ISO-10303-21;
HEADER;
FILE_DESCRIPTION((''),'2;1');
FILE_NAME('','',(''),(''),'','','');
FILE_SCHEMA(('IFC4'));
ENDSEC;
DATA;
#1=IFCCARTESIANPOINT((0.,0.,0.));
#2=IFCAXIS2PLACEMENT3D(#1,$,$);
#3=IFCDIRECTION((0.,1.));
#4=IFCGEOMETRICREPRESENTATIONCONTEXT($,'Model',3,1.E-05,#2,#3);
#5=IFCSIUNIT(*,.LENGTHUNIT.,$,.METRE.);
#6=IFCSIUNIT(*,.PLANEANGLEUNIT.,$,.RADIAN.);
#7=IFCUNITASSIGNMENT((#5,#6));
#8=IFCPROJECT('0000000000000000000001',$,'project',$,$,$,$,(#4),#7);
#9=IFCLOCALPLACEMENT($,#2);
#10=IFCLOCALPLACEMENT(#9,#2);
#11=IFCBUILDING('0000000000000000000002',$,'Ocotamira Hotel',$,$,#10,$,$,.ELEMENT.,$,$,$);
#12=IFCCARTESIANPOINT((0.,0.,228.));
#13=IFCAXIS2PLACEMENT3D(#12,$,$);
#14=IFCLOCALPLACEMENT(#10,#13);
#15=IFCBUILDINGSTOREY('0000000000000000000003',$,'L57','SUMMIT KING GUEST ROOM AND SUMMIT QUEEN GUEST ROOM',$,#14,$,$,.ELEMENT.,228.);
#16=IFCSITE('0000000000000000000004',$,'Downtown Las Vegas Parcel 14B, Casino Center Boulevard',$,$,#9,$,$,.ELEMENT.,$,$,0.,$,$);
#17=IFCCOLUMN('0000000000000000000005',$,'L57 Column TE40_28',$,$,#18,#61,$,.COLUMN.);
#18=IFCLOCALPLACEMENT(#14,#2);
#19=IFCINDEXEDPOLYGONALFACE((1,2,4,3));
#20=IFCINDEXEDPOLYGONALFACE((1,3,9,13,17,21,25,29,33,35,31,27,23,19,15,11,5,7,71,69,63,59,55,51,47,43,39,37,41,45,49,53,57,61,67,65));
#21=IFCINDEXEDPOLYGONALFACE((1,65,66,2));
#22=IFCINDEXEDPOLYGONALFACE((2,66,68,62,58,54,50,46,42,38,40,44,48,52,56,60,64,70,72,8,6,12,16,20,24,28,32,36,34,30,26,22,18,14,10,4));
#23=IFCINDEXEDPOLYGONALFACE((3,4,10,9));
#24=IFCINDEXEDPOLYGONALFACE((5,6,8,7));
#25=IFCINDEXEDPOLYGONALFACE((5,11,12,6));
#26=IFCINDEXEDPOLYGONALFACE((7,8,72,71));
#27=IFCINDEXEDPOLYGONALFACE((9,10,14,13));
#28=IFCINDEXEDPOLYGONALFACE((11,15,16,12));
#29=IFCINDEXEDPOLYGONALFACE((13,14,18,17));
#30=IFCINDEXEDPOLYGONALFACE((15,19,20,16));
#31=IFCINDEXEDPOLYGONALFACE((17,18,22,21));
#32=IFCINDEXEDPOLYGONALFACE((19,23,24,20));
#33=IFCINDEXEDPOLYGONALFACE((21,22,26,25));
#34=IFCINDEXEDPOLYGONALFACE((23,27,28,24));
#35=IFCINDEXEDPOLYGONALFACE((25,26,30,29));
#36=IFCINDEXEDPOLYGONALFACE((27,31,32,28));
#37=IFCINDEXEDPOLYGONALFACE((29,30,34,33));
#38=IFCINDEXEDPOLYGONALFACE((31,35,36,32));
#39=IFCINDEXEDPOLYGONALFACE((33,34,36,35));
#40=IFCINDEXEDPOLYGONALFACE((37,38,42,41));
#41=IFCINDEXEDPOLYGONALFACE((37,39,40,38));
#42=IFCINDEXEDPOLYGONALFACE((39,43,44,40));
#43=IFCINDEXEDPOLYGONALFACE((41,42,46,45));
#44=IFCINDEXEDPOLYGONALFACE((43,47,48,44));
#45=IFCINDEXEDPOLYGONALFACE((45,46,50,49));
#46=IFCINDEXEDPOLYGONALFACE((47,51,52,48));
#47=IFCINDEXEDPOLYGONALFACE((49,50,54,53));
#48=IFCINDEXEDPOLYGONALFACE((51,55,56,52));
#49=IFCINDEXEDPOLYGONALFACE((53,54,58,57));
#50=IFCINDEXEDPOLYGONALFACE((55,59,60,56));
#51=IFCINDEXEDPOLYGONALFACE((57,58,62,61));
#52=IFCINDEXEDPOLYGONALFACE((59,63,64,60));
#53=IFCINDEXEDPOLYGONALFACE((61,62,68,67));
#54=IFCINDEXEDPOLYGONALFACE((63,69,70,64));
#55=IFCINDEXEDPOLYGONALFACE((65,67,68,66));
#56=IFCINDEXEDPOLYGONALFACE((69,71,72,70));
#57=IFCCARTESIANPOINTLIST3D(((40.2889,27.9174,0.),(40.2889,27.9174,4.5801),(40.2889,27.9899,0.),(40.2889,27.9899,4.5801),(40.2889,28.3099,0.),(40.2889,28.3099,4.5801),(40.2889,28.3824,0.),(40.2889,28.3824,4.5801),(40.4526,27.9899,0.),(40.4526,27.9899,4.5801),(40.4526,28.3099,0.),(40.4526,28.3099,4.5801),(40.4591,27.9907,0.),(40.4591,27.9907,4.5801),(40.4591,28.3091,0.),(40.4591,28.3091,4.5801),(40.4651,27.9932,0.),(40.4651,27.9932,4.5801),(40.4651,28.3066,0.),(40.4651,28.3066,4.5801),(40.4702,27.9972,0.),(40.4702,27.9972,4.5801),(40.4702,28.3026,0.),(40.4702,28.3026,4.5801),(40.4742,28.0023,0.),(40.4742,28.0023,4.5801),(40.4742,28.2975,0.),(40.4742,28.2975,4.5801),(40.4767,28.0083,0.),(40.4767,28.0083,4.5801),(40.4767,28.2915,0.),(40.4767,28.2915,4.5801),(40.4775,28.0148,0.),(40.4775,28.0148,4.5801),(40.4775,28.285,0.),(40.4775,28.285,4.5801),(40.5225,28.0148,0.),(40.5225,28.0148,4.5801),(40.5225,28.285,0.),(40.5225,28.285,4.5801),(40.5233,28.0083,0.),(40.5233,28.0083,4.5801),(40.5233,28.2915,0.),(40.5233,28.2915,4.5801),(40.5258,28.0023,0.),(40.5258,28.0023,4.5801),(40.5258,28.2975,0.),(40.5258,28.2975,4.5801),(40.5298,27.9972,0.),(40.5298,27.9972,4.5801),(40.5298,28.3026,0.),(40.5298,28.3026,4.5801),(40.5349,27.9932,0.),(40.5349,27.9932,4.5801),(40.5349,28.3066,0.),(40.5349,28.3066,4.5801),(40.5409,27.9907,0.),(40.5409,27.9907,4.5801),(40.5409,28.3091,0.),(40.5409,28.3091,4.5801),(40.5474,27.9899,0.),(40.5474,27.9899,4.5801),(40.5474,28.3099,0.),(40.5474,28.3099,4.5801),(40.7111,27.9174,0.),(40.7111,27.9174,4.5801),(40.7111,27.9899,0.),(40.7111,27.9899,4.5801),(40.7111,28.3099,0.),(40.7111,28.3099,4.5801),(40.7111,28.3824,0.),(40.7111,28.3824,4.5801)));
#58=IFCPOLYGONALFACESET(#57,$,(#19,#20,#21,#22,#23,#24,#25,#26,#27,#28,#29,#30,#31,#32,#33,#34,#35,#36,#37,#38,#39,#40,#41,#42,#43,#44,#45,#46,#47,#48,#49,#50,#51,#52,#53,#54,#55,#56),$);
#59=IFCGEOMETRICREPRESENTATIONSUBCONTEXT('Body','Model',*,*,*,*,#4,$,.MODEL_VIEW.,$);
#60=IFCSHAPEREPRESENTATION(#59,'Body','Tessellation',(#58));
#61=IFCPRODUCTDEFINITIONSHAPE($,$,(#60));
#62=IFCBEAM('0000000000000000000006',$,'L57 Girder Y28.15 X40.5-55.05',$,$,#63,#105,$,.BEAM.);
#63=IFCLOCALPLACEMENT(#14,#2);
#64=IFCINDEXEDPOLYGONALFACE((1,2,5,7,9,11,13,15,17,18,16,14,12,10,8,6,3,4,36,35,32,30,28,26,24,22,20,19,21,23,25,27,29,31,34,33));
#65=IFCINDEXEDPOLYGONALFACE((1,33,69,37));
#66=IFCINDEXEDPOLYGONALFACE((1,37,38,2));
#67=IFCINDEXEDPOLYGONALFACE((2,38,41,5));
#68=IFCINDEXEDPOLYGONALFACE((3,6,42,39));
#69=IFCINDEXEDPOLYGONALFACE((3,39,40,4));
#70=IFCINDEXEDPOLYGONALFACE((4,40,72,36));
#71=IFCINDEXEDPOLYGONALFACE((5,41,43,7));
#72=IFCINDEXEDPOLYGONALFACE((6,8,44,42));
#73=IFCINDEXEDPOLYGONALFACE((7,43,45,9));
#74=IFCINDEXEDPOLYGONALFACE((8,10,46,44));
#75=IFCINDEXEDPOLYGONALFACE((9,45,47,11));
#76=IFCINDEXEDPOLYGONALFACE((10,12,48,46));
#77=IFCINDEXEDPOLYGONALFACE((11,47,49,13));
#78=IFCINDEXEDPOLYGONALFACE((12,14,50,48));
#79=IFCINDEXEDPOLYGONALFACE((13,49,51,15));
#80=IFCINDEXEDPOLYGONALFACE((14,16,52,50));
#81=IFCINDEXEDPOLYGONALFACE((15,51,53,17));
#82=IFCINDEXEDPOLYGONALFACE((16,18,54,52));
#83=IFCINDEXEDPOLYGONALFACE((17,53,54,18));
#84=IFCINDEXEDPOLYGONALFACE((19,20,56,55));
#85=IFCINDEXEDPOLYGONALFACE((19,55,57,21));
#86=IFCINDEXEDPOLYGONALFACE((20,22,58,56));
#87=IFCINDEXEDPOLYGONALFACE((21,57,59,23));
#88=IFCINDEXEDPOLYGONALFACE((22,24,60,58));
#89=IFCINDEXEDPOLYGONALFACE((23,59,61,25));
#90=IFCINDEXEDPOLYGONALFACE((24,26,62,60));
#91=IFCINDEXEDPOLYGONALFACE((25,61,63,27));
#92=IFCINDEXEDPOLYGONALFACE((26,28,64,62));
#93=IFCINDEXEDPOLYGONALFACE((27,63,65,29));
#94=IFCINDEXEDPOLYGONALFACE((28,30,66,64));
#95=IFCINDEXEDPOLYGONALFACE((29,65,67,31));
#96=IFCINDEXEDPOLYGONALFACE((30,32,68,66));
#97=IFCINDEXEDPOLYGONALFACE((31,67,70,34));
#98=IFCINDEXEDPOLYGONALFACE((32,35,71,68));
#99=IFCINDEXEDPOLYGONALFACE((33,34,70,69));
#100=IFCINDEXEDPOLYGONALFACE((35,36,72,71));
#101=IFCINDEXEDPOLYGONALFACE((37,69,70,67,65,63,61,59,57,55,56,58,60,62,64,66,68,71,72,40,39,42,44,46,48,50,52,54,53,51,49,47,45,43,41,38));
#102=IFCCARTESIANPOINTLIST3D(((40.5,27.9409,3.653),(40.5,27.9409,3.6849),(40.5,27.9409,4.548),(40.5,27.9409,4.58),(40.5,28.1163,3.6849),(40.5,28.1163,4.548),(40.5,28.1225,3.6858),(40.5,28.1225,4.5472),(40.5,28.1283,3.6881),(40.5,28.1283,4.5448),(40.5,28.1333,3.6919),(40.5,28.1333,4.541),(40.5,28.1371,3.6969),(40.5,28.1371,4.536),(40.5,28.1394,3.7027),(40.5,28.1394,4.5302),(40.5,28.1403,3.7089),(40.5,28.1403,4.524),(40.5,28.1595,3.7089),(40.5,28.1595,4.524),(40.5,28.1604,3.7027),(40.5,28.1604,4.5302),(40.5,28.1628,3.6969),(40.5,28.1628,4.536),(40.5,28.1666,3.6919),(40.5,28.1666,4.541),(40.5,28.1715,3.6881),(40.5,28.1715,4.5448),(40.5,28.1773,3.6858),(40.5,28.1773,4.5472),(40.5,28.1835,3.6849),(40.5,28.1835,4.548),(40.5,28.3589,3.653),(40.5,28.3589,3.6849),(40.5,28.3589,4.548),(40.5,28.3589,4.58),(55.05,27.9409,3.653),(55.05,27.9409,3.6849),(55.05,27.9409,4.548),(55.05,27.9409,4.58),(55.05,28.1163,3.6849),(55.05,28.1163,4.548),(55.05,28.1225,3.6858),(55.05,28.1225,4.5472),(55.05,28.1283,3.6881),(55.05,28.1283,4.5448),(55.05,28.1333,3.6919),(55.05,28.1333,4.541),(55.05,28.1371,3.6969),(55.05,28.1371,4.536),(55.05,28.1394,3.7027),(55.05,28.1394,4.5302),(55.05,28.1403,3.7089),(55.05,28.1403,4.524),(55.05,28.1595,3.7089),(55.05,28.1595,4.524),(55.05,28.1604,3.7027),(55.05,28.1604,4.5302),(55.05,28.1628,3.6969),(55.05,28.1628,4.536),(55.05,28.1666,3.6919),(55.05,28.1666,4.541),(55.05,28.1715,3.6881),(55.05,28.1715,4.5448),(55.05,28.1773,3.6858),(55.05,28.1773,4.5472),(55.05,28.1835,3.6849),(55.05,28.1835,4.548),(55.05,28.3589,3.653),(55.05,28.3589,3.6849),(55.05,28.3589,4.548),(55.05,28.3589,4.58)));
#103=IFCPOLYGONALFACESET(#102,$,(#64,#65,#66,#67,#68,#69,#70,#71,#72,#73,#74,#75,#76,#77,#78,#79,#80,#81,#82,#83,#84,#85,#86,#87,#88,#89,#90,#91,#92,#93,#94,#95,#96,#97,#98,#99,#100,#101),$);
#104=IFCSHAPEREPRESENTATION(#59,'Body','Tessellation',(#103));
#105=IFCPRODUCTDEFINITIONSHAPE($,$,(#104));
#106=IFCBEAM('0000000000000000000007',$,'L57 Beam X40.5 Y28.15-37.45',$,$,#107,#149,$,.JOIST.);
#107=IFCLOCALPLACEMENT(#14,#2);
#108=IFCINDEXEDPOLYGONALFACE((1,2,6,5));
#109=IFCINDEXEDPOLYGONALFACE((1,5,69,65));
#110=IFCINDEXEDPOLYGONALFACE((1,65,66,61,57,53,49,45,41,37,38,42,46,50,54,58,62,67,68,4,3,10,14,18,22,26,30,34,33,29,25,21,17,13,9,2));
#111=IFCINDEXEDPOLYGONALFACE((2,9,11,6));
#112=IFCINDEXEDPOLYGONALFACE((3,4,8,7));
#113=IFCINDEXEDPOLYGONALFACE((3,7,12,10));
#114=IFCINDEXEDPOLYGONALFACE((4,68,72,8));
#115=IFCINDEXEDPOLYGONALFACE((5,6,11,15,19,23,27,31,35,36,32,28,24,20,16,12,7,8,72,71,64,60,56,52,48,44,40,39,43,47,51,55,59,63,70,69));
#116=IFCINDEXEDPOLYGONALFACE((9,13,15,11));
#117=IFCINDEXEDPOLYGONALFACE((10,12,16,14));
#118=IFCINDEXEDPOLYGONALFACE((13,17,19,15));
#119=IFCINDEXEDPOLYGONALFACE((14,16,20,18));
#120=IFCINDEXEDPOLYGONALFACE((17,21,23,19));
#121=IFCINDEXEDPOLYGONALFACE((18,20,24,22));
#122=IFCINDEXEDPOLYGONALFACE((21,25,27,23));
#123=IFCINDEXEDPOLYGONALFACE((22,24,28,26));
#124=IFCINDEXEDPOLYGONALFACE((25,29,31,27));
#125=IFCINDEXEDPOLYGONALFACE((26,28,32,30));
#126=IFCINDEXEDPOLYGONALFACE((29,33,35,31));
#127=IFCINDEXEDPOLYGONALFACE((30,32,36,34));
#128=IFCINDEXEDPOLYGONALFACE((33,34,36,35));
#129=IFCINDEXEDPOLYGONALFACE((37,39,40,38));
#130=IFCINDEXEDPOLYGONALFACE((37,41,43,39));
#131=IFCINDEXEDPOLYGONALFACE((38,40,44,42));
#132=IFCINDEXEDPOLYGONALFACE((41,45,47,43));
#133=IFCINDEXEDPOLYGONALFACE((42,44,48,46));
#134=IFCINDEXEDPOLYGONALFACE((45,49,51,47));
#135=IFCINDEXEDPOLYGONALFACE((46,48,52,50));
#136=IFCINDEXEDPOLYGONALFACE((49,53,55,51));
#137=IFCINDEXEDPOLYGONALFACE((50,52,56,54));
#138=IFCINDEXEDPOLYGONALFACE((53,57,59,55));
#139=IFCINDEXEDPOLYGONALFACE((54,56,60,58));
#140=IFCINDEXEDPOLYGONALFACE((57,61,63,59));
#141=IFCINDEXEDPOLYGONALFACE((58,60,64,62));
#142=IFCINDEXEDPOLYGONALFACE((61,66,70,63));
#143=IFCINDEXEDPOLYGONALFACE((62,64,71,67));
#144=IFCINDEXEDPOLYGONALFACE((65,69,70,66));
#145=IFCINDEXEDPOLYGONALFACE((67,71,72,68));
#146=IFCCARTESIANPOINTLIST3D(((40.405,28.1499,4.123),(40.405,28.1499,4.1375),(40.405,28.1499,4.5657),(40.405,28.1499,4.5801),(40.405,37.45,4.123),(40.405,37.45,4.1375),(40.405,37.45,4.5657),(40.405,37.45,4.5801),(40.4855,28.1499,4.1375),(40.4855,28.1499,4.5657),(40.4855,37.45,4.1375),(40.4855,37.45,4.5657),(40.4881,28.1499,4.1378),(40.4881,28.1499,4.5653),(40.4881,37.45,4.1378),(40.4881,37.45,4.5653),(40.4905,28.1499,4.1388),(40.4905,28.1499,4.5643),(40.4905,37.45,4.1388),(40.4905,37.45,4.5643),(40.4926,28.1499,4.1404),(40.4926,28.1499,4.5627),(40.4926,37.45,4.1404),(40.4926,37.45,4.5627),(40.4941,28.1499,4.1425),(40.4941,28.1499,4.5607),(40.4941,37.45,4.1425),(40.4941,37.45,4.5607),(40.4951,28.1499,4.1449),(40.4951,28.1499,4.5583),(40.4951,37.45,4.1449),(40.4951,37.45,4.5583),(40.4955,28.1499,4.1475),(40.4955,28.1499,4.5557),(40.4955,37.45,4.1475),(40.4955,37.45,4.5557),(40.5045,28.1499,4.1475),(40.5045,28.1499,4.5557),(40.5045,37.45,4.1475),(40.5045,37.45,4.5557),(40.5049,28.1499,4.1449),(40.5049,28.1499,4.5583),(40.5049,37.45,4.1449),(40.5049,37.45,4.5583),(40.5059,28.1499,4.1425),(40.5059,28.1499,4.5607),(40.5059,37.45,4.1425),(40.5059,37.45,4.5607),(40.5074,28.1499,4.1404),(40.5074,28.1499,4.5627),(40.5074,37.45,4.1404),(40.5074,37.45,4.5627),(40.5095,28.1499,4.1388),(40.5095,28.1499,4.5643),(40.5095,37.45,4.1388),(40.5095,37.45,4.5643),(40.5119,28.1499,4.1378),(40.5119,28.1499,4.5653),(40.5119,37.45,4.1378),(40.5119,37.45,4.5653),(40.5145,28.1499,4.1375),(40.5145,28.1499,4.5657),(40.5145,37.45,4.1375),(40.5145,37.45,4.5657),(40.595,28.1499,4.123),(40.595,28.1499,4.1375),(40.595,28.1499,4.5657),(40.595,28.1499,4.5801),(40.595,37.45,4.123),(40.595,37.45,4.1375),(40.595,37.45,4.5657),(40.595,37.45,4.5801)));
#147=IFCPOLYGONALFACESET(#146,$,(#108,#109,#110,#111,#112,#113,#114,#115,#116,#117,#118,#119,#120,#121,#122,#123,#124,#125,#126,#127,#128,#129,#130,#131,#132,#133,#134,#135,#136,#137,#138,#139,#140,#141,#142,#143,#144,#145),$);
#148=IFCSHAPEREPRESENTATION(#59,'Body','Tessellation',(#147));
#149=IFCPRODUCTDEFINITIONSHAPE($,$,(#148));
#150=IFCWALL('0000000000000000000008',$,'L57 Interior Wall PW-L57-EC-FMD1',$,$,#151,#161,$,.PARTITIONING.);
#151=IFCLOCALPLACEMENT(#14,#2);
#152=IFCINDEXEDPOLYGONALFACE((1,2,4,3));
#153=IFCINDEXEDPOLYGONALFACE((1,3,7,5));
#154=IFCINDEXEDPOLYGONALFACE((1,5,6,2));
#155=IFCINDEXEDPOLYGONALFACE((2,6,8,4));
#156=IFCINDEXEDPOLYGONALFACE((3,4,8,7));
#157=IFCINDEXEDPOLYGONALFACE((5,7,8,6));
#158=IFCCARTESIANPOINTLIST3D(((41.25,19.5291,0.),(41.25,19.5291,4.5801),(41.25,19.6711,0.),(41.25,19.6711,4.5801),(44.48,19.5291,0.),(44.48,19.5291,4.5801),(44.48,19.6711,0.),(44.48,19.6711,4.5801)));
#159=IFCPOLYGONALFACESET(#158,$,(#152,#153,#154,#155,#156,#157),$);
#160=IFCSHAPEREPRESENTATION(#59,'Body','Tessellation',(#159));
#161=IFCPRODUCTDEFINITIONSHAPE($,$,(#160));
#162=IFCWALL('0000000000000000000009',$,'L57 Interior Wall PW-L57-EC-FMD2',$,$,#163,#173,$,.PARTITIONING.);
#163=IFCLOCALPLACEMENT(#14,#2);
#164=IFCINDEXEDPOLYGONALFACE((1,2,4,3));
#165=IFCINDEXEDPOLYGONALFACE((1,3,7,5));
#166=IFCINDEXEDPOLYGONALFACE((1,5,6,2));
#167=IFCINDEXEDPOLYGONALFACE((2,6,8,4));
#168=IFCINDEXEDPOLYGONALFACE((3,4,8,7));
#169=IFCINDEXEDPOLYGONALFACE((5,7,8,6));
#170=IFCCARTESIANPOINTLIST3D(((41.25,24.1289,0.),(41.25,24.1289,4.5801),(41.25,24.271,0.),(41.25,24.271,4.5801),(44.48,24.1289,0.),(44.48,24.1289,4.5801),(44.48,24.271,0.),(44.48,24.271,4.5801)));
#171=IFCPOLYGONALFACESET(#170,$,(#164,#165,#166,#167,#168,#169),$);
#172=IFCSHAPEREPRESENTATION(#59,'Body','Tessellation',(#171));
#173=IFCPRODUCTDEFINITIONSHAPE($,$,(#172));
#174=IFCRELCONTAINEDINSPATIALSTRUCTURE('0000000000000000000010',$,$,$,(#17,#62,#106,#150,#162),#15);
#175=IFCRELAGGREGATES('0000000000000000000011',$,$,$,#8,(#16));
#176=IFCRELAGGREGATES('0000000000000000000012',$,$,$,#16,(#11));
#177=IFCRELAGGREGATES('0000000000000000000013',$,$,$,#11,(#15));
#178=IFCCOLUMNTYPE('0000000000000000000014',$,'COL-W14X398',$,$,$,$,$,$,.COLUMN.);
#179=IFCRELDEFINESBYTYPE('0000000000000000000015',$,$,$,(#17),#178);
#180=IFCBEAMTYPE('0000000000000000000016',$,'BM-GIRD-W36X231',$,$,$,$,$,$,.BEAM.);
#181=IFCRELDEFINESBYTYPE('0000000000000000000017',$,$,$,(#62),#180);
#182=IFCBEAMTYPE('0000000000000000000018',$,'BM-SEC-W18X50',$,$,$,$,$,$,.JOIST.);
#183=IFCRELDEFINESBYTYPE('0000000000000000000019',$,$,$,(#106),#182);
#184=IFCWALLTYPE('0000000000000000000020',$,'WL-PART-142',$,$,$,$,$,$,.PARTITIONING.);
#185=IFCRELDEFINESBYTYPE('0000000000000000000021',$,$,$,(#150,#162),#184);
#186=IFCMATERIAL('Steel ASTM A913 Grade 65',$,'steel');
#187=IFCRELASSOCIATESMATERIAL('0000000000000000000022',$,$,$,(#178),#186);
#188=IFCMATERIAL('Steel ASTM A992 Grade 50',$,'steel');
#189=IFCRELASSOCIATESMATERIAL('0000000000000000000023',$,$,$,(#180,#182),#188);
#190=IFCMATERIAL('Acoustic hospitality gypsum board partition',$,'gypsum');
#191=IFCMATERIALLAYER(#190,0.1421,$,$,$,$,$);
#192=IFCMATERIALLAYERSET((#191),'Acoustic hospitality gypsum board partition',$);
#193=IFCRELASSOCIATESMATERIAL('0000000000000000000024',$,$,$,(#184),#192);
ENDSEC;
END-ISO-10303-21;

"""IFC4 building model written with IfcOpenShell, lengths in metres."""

from ifc_helpers import new_model, si_unit, direction, frame, frame_2d, origin, origin_2d, place, context, subcontext, project, spatial, rectangle, i_section, extrude, source, transform, mapped, material, layer, layer_set, material_profile, profile_set, type_object, element, save


model = new_model("IFC4")

# Units and contexts
model_context = context("Model", 3, precision=1e-05, world=origin(), true_north=direction((0.0, 1.0)))
body_context = subcontext(model_context, "Body", "Model", "MODEL_VIEW")
ifc_project = project(units=[si_unit("LENGTHUNIT", "METRE"), si_unit("PLANEANGLEUNIT", "RADIAN")], contexts=[model_context])

# Site, building, storey
site_placement = place(None, origin())
site = spatial("IfcSite", under=ifc_project, at=site_placement, Name="Downtown Las Vegas Parcel 14B, Casino Center Boulevard", CompositionType="ELEMENT", RefElevation=0.0)
building_placement = place(site_placement, origin())
building = spatial("IfcBuilding", under=site, at=building_placement, Name="Ocotamira Hotel", CompositionType="ELEMENT")
storey_placement = place(building_placement, frame((0.0, 0.0, 228.0)))
storey = spatial("IfcBuildingStorey", under=building, at=storey_placement, Name="L57", Description="SUMMIT KING GUEST ROOM AND SUMMIT QUEEN GUEST ROOM", CompositionType="ELEMENT", Elevation=228.0)

# Column
ifc_material_1 = material(Name="Steel ASTM A913 Grade 65", Category="steel")
ifc_material_profile_1 = material_profile(ifc_material_1, i_section(OverallWidth=0.4221, OverallDepth=0.4651, WebThickness=0.0449, FlangeThickness=0.0725, FilletRadius=0.0249, at=origin_2d()), Name="W14X398")
ifc_profile_set_1 = profile_set([ifc_material_profile_1], Name="Steel ASTM A913 Grade 65")
column_type = type_object("IfcColumnType", Name="COL-W14X398", PredefinedType="COLUMN", material=ifc_profile_set_1)
shared_shape_1 = source(origin(), body_context, "Body", "SweptSolid", [
    extrude(i_section(OverallWidth=0.4221, OverallDepth=0.4651, WebThickness=0.0449, FlangeThickness=0.0725, FilletRadius=0.0249, at=origin_2d()), origin(), (0.0, 0.0, 1.0), 4.5801),
])
column_placement = place(storey_placement, frame((40.5, 28.1499, 0.0), z_axis=(0.0, 0.0, 1.0), x_axis=(1.0, 0.0, 0.0)))
element("IfcColumn", 1, at=column_placement, inside=storey, type_object=column_type, Name="L57 Column TE40_28", PredefinedType="COLUMN", context=body_context, shape_type="MappedRepresentation", body=[
    mapped(shared_shape_1, transform((0.0, 0.0, 0.0), scale=1.0)),
])

# Beams
ifc_material_2 = material(Name="Steel ASTM A992 Grade 50", Category="steel")
ifc_material_profile_2 = material_profile(ifc_material_2, i_section(OverallWidth=0.418, OverallDepth=0.927, WebThickness=0.0193, FlangeThickness=0.032, FilletRadius=0.0239, at=origin_2d()), Name="W36X231")
ifc_profile_set_2 = profile_set([ifc_material_profile_2], Name="Steel ASTM A992 Grade 50")
beam_type_1 = type_object("IfcBeamType", Name="BM-GIRD-W36X231", PredefinedType="BEAM", material=ifc_profile_set_2)
shared_shape_2 = source(origin(), body_context, "Body", "SweptSolid", [
    extrude(i_section(OverallWidth=0.418, OverallDepth=0.927, WebThickness=0.0193, FlangeThickness=0.032, FilletRadius=0.0239, at=origin_2d()), origin(), (0.0, 0.0, 1.0), 14.55),
])
beam_1_placement = place(storey_placement, frame((40.5, 28.1499, 4.1165), z_axis=(1.0, 0.0, 0.0), x_axis=(0.0, 1.0, 0.0)))
element("IfcBeam", 2, at=beam_1_placement, inside=storey, type_object=beam_type_1, Name="L57 Girder Y28.15 X40.5-55.05", PredefinedType="BEAM", context=body_context, shape_type="MappedRepresentation", body=[
    mapped(shared_shape_2, transform((0.0, 0.0, 0.0), scale=1.0)),
])
ifc_material_profile_3 = material_profile(ifc_material_2, i_section(OverallWidth=0.1899, OverallDepth=0.457, WebThickness=0.009, FlangeThickness=0.0144, FilletRadius=0.01, at=origin_2d()), Name="W18X50")
ifc_profile_set_3 = profile_set([ifc_material_profile_3], Name="Steel ASTM A992 Grade 50")
beam_type_2 = type_object("IfcBeamType", Name="BM-SEC-W18X50", PredefinedType="JOIST", material=ifc_profile_set_3)
shared_shape_3 = source(origin(), body_context, "Body", "SweptSolid", [
    extrude(i_section(OverallWidth=0.1899, OverallDepth=0.457, WebThickness=0.009, FlangeThickness=0.0144, FilletRadius=0.01, at=origin_2d()), origin(), (0.0, 0.0, 1.0), 9.3),
])
beam_2_placement = place(storey_placement, frame((40.5, 28.1499, 4.3516), z_axis=(0.0, 1.0, 0.0), x_axis=(-1.0, 0.0, 0.0)))
element("IfcBeam", 3, at=beam_2_placement, inside=storey, type_object=beam_type_2, Name="L57 Beam X40.5 Y28.15-37.45", PredefinedType="JOIST", context=body_context, shape_type="MappedRepresentation", body=[
    mapped(shared_shape_3, transform((0.0, 0.0, 0.0), scale=1.0)),
])

# Walls
ifc_material_3 = material(Name="Acoustic hospitality gypsum board partition", Category="gypsum")
ifc_layer_1 = layer(ifc_material_3, 0.1421)
ifc_layer_set_1 = layer_set([ifc_layer_1], Name="Acoustic hospitality gypsum board partition")
wall_type_1 = type_object("IfcWallType", Name="WL-PART-142", PredefinedType="PARTITIONING", material=ifc_layer_set_1)
for number, where, z_axis, x_axis, name in (
    (4, (41.25, 19.6001, 0.0), (0.0, 0.0, 1.0), (1.0, 0.0, 0.0), "L57 Interior Wall PW-L57-EC-FMD1"),
    (5, (41.25, 24.2, 0.0), (0.0, 0.0, 1.0), (1.0, 0.0, 0.0), "L57 Interior Wall PW-L57-EC-FMD2"),
):
    element("IfcWall", number, at=place(storey_placement, frame(where, z_axis=z_axis, x_axis=x_axis)), inside=storey, type_object=wall_type_1, Name=name, PredefinedType="PARTITIONING", context=body_context, shape_type="SweptSolid", body=[
        extrude(rectangle(XDim=3.23, YDim=0.1421, at=frame_2d((1.615, 0.0))), origin(), (0.0, 0.0, 1.0), 4.5801),
    ])

save(model, "model.ifc")
